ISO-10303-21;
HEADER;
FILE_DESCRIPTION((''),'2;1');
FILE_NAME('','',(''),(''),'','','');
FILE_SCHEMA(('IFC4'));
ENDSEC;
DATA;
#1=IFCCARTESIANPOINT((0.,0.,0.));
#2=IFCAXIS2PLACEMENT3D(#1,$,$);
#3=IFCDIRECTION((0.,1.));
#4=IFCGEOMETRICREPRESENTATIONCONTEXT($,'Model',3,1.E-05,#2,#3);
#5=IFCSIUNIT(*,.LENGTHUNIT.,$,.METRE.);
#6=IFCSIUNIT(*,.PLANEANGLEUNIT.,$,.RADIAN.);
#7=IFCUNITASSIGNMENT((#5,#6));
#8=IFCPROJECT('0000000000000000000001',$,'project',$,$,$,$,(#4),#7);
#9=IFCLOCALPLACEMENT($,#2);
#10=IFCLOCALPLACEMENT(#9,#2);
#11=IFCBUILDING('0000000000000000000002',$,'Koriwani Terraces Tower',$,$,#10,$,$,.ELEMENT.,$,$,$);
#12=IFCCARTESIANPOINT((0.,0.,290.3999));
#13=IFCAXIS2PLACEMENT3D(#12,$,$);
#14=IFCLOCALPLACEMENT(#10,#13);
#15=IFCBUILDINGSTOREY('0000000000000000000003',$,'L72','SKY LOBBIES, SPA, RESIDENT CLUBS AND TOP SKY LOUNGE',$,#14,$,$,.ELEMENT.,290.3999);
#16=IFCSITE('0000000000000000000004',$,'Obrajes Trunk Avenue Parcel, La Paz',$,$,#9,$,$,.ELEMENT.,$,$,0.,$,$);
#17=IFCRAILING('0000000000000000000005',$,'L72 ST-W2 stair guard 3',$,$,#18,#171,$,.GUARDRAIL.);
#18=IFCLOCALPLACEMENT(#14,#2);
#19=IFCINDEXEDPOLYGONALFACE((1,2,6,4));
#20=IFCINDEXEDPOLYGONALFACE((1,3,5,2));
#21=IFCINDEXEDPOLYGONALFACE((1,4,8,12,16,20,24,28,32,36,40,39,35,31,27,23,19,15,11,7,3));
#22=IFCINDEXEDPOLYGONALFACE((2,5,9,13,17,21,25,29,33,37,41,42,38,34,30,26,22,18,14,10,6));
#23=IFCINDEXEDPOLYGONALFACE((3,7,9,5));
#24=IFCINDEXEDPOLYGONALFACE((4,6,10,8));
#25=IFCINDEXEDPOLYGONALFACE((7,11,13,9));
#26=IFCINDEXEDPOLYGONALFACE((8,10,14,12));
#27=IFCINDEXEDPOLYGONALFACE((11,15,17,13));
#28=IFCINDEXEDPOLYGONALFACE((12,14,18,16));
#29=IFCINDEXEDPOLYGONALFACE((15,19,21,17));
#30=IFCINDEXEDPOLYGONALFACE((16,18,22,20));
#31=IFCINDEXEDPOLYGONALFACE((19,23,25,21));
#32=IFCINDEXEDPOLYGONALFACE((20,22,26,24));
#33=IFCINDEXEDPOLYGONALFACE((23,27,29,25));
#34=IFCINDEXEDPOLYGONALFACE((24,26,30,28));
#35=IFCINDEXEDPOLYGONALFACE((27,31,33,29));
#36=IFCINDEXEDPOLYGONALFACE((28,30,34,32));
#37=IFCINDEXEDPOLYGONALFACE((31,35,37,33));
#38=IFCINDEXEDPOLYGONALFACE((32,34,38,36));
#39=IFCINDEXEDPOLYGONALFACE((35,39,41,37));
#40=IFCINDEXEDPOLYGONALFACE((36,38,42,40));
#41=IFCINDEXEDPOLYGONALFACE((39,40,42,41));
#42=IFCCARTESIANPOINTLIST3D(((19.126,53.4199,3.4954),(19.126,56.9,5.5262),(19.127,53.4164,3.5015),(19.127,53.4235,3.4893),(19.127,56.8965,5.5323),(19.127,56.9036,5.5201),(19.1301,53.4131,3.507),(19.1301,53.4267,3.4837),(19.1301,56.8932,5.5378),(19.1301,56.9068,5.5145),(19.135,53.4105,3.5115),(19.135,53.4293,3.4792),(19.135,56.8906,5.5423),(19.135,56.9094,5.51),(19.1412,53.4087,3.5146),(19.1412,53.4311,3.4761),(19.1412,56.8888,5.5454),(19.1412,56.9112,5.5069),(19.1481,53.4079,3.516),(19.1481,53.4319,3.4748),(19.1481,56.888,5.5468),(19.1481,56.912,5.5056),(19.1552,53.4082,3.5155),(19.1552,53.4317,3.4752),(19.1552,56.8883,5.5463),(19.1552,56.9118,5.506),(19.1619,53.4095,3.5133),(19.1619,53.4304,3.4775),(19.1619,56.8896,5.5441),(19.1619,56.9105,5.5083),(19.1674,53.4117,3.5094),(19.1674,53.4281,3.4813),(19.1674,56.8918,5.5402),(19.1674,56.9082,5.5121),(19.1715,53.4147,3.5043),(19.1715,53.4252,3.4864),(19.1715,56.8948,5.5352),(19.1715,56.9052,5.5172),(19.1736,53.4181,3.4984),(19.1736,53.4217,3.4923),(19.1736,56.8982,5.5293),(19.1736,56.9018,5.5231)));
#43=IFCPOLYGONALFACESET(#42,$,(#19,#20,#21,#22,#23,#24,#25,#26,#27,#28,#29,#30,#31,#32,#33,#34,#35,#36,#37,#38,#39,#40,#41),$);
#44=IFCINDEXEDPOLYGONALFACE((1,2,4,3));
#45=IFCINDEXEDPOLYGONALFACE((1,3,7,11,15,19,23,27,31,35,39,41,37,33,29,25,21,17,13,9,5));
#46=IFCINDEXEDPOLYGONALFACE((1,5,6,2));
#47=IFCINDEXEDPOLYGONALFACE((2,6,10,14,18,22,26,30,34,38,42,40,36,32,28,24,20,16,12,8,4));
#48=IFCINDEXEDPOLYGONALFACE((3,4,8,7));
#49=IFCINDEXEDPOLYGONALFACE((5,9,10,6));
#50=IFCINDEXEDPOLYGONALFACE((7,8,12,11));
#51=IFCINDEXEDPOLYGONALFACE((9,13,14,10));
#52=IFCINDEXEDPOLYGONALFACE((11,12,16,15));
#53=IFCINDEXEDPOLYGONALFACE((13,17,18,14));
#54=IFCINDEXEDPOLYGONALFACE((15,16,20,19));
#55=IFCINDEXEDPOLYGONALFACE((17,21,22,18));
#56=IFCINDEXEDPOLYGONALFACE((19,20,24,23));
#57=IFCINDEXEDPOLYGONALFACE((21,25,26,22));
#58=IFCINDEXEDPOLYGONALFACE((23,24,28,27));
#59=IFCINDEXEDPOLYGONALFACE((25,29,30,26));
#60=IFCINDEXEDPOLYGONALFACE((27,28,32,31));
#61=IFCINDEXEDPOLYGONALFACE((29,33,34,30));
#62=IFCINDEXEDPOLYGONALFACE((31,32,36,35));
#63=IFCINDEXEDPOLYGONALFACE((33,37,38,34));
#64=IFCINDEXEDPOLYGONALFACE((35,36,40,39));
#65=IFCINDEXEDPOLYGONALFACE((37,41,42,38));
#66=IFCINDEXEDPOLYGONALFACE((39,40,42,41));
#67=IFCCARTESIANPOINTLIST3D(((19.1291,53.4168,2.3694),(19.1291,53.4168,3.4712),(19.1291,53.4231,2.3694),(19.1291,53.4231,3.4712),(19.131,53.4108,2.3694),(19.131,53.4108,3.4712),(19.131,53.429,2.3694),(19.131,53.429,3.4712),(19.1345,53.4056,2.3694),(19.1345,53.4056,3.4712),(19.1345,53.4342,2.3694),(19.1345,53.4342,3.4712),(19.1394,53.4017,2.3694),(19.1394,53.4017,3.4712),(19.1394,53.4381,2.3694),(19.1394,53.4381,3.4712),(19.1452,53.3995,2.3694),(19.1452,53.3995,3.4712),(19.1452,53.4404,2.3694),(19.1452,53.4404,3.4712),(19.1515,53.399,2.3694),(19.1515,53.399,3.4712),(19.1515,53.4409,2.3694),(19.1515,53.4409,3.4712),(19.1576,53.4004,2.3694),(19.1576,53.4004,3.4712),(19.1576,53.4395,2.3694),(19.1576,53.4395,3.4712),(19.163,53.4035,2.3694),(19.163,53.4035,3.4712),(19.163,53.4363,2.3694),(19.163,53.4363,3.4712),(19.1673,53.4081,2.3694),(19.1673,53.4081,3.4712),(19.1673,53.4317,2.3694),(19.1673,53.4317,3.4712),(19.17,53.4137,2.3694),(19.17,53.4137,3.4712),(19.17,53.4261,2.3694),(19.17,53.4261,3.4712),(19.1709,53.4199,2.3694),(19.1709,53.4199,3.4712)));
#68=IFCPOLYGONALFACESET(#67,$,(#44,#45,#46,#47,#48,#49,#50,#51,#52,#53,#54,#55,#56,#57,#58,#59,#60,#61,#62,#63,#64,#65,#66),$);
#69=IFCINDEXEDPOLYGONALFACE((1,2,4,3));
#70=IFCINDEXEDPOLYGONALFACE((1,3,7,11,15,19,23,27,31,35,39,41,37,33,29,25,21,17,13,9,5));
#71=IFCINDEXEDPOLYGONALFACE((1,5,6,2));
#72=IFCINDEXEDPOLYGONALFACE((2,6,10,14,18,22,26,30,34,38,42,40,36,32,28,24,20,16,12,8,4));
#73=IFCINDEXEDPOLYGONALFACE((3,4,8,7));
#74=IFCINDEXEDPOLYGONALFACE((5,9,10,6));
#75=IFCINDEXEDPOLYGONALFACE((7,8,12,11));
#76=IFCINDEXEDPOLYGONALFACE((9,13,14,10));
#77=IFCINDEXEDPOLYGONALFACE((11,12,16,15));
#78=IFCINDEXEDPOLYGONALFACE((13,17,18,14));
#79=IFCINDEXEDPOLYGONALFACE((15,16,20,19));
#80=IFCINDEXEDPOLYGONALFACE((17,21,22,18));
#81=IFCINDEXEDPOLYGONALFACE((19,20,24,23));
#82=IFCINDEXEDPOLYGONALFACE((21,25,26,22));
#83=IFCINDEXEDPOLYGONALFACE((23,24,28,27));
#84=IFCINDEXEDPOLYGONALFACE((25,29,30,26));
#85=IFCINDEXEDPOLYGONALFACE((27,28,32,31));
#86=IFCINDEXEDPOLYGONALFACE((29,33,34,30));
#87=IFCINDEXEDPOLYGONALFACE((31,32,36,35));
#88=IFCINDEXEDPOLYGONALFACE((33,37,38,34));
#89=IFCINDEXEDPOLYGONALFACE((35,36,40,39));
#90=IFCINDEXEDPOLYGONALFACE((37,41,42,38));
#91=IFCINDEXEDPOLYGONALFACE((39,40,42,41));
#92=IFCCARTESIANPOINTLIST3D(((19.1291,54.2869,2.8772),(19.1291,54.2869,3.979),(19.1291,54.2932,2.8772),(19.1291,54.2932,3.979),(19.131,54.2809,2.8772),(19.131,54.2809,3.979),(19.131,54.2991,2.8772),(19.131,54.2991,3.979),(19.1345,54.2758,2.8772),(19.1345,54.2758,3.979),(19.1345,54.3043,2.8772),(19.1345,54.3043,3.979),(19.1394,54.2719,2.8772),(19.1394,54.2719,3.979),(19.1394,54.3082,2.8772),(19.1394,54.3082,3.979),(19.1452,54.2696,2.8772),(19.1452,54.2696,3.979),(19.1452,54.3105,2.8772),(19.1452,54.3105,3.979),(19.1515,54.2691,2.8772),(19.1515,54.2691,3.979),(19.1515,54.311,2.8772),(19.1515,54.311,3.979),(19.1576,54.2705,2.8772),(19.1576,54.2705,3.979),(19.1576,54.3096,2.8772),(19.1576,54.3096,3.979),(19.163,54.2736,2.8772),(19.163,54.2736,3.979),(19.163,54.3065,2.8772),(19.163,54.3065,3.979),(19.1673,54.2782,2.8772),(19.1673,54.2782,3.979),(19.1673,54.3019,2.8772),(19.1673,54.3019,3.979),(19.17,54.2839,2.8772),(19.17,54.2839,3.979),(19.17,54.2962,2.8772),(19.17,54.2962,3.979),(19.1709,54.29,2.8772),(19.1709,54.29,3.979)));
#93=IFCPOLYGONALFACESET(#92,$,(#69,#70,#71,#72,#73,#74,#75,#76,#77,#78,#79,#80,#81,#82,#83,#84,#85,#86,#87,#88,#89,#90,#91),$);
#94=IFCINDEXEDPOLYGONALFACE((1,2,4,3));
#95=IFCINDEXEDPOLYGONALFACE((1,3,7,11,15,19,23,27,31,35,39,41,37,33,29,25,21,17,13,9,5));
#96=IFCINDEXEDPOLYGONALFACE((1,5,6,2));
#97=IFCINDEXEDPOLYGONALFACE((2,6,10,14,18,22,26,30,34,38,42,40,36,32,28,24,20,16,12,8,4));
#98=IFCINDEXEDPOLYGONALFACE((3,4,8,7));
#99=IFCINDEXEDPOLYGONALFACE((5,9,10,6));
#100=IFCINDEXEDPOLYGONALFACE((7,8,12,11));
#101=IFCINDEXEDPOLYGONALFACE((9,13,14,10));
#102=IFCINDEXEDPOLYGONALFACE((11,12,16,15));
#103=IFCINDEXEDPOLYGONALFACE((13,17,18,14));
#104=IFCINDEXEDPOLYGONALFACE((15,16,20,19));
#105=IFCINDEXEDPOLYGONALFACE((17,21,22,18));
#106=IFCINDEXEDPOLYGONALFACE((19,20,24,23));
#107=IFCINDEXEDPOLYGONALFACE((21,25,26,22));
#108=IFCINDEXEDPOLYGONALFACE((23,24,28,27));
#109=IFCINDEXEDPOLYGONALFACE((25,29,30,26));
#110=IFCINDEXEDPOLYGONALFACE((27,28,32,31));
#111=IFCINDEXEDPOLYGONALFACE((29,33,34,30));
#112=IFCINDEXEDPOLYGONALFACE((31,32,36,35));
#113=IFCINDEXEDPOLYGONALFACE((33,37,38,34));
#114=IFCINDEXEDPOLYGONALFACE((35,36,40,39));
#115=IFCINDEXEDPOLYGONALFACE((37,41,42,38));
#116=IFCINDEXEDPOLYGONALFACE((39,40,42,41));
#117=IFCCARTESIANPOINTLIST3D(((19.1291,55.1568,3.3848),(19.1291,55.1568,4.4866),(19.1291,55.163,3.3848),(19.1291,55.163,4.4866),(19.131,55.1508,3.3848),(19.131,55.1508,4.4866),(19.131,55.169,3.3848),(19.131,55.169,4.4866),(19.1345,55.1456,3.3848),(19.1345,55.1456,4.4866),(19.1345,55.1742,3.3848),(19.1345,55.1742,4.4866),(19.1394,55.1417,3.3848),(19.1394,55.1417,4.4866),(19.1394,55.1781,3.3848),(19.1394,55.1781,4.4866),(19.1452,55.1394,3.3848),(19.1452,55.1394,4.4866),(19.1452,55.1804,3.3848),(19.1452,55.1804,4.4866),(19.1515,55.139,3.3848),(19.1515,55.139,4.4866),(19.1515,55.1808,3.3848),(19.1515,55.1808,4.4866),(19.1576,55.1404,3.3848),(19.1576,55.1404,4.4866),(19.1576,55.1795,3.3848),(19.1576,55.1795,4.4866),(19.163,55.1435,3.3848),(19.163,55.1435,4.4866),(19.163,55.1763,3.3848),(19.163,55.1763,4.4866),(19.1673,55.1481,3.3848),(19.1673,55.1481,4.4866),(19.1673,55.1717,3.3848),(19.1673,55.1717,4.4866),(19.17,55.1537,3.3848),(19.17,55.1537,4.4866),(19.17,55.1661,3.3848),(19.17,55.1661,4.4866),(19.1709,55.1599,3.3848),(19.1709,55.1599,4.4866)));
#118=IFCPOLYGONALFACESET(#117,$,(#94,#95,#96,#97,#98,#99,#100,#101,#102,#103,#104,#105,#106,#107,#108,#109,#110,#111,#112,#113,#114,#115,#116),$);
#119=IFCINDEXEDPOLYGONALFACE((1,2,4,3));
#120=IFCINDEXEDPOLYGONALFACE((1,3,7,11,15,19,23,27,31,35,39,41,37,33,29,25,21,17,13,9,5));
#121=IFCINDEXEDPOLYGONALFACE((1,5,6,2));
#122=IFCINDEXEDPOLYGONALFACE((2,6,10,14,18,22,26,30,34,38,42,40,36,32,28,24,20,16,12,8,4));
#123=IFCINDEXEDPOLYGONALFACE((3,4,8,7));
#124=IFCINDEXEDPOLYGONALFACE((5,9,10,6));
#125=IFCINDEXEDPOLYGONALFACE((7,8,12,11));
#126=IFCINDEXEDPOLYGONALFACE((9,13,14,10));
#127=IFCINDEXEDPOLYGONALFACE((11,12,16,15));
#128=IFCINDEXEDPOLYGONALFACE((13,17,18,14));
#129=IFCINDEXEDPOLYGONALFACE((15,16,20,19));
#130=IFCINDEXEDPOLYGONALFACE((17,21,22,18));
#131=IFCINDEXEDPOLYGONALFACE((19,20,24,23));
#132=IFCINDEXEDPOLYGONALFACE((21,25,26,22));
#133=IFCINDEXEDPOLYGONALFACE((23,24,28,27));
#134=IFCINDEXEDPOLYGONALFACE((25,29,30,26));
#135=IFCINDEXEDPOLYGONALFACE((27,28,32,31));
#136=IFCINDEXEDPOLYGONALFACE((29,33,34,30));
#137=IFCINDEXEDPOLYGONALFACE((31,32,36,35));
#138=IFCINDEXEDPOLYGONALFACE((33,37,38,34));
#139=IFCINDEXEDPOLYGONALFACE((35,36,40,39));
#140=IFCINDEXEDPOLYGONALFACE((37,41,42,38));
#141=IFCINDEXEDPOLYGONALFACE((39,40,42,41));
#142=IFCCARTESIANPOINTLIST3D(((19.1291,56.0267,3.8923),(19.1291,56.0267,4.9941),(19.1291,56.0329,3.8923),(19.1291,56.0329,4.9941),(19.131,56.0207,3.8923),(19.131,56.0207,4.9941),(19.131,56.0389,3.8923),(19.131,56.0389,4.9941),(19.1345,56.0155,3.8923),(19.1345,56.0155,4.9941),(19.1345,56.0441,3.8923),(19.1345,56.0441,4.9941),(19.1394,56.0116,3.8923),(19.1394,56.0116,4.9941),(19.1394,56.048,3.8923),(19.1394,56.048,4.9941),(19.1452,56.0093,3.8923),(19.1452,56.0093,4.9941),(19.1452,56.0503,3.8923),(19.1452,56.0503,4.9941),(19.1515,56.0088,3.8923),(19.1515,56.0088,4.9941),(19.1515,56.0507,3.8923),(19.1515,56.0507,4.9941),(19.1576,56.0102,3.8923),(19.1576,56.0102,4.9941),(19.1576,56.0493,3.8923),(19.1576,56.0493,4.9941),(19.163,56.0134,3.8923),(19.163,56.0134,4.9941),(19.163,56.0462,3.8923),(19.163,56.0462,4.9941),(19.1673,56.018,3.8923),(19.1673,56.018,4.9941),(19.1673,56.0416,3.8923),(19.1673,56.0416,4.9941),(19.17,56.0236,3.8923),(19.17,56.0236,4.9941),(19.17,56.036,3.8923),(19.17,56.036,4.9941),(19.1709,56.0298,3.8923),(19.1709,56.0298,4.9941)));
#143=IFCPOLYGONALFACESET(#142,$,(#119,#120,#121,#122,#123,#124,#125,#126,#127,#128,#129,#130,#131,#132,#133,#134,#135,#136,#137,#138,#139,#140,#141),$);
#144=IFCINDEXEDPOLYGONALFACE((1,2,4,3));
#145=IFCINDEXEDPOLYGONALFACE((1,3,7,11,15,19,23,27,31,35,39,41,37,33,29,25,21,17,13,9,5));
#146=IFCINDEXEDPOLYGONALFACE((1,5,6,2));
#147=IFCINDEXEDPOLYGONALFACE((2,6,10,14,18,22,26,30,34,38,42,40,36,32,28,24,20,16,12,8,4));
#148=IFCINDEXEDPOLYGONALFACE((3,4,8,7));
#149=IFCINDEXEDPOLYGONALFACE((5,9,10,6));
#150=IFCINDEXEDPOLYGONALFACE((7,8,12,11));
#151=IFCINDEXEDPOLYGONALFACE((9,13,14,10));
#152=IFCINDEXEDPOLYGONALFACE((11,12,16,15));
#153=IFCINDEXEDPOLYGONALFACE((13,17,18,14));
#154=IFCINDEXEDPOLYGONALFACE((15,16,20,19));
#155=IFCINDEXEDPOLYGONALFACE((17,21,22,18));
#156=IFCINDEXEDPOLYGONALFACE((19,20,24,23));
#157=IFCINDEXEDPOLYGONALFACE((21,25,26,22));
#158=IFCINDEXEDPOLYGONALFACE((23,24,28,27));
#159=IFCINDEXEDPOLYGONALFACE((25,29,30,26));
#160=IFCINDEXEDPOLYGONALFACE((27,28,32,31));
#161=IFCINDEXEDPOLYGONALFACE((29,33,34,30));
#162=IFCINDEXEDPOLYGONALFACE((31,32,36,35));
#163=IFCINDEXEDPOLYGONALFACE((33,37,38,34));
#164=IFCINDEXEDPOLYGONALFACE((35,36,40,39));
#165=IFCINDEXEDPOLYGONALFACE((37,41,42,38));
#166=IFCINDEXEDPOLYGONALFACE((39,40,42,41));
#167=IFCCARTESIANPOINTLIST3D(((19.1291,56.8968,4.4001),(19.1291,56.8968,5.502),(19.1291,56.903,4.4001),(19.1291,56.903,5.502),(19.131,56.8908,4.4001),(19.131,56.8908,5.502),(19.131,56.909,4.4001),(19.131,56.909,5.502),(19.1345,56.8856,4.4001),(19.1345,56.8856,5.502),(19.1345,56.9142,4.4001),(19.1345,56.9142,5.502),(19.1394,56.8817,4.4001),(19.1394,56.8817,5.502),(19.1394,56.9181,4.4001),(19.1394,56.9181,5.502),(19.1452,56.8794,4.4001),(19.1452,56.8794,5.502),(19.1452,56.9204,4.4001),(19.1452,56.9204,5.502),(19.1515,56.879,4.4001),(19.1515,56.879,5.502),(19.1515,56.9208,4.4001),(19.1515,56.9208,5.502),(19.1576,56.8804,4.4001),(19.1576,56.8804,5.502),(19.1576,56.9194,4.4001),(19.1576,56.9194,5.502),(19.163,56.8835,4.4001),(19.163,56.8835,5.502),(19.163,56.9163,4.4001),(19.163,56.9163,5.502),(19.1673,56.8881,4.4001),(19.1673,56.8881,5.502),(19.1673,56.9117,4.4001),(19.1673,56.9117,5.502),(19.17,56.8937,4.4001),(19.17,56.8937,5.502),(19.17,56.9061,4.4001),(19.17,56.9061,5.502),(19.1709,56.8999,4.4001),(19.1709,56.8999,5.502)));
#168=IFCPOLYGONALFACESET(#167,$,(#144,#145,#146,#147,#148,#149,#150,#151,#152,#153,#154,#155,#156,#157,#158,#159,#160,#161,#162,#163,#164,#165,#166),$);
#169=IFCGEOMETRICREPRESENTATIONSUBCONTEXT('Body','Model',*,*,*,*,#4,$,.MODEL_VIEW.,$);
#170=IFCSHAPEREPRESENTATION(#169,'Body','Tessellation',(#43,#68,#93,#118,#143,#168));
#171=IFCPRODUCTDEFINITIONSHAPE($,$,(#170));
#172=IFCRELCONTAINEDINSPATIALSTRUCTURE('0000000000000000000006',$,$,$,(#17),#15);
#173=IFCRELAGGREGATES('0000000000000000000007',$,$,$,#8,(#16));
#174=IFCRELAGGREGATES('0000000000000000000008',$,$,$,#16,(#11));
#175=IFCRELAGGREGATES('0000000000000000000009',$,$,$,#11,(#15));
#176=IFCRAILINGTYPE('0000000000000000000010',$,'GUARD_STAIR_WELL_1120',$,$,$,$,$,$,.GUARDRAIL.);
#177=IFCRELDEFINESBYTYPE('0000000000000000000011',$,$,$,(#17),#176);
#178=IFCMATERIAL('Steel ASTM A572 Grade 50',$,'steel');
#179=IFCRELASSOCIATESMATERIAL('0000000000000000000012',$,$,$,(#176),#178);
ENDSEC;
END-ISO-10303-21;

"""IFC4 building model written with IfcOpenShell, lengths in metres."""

from ifc_helpers import new_model, si_unit, direction, frame, origin, origin_2d, place, context, subcontext, project, spatial, circle, extrude, material, type_object, element, save


model = new_model("IFC4")

# Units and contexts
model_context = context("Model", 3, precision=1e-05, world=origin(), true_north=direction((0.0, 1.0)))
body_context = subcontext(model_context, "Body", "Model", "MODEL_VIEW")
ifc_project = project(units=[si_unit("LENGTHUNIT", "METRE"), si_unit("PLANEANGLEUNIT", "RADIAN")], contexts=[model_context])

# Site, building, storey
site_placement = place(None, origin())
site = spatial("IfcSite", under=ifc_project, at=site_placement, Name="Obrajes Trunk Avenue Parcel, La Paz", CompositionType="ELEMENT", RefElevation=0.0)
building_placement = place(site_placement, origin())
building = spatial("IfcBuilding", under=site, at=building_placement, Name="Koriwani Terraces Tower", CompositionType="ELEMENT")
storey_placement = place(building_placement, frame((0.0, 0.0, 290.3999)))
storey = spatial("IfcBuildingStorey", under=building, at=storey_placement, Name="L72", Description="SKY LOBBIES, SPA, RESIDENT CLUBS AND TOP SKY LOUNGE", CompositionType="ELEMENT", Elevation=290.3999)

# Railing
ifc_material_1 = material(Name="Steel ASTM A572 Grade 50", Category="steel")
railing_type_1 = type_object("IfcRailingType", Name="GUARD_STAIR_WELL_1120", PredefinedType="GUARDRAIL", material=ifc_material_1)
railing_1_placement = place(storey_placement, frame((19.1499, 53.4199, 2.3694)))
element("IfcRailing", 1, at=railing_1_placement, inside=storey, type_object=railing_type_1, Name="L72 ST-W2 stair guard 3", PredefinedType="GUARDRAIL", context=body_context, shape_type="SweptSolid", body=[
    extrude(circle(Radius=0.0239, at=origin_2d()), frame((0.0, 0.0, 1.126), z_axis=(0.0, 0.863695, 0.504014), x_axis=(-1.0, 0.0, 0.0)), (0.0, 0.0, 1.0), 4.0293),
    extrude(circle(Radius=0.021, at=origin_2d()), origin(), (0.0, 0.0, 1.0), 1.1018),
    extrude(circle(Radius=0.021, at=origin_2d()), frame((0.0, 0.8701, 0.5078)), (0.0, 0.0, 1.0), 1.1018),
    extrude(circle(Radius=0.021, at=origin_2d()), frame((0.0, 1.74, 1.0154)), (0.0, 0.0, 1.0), 1.1018),
    extrude(circle(Radius=0.021, at=origin_2d()), frame((0.0, 2.6099, 1.5229)), (0.0, 0.0, 1.0), 1.1018),
    extrude(circle(Radius=0.021, at=origin_2d()), frame((0.0, 3.48, 2.0308)), (0.0, 0.0, 1.0), 1.1018),
])

save(model, "model.ifc")
